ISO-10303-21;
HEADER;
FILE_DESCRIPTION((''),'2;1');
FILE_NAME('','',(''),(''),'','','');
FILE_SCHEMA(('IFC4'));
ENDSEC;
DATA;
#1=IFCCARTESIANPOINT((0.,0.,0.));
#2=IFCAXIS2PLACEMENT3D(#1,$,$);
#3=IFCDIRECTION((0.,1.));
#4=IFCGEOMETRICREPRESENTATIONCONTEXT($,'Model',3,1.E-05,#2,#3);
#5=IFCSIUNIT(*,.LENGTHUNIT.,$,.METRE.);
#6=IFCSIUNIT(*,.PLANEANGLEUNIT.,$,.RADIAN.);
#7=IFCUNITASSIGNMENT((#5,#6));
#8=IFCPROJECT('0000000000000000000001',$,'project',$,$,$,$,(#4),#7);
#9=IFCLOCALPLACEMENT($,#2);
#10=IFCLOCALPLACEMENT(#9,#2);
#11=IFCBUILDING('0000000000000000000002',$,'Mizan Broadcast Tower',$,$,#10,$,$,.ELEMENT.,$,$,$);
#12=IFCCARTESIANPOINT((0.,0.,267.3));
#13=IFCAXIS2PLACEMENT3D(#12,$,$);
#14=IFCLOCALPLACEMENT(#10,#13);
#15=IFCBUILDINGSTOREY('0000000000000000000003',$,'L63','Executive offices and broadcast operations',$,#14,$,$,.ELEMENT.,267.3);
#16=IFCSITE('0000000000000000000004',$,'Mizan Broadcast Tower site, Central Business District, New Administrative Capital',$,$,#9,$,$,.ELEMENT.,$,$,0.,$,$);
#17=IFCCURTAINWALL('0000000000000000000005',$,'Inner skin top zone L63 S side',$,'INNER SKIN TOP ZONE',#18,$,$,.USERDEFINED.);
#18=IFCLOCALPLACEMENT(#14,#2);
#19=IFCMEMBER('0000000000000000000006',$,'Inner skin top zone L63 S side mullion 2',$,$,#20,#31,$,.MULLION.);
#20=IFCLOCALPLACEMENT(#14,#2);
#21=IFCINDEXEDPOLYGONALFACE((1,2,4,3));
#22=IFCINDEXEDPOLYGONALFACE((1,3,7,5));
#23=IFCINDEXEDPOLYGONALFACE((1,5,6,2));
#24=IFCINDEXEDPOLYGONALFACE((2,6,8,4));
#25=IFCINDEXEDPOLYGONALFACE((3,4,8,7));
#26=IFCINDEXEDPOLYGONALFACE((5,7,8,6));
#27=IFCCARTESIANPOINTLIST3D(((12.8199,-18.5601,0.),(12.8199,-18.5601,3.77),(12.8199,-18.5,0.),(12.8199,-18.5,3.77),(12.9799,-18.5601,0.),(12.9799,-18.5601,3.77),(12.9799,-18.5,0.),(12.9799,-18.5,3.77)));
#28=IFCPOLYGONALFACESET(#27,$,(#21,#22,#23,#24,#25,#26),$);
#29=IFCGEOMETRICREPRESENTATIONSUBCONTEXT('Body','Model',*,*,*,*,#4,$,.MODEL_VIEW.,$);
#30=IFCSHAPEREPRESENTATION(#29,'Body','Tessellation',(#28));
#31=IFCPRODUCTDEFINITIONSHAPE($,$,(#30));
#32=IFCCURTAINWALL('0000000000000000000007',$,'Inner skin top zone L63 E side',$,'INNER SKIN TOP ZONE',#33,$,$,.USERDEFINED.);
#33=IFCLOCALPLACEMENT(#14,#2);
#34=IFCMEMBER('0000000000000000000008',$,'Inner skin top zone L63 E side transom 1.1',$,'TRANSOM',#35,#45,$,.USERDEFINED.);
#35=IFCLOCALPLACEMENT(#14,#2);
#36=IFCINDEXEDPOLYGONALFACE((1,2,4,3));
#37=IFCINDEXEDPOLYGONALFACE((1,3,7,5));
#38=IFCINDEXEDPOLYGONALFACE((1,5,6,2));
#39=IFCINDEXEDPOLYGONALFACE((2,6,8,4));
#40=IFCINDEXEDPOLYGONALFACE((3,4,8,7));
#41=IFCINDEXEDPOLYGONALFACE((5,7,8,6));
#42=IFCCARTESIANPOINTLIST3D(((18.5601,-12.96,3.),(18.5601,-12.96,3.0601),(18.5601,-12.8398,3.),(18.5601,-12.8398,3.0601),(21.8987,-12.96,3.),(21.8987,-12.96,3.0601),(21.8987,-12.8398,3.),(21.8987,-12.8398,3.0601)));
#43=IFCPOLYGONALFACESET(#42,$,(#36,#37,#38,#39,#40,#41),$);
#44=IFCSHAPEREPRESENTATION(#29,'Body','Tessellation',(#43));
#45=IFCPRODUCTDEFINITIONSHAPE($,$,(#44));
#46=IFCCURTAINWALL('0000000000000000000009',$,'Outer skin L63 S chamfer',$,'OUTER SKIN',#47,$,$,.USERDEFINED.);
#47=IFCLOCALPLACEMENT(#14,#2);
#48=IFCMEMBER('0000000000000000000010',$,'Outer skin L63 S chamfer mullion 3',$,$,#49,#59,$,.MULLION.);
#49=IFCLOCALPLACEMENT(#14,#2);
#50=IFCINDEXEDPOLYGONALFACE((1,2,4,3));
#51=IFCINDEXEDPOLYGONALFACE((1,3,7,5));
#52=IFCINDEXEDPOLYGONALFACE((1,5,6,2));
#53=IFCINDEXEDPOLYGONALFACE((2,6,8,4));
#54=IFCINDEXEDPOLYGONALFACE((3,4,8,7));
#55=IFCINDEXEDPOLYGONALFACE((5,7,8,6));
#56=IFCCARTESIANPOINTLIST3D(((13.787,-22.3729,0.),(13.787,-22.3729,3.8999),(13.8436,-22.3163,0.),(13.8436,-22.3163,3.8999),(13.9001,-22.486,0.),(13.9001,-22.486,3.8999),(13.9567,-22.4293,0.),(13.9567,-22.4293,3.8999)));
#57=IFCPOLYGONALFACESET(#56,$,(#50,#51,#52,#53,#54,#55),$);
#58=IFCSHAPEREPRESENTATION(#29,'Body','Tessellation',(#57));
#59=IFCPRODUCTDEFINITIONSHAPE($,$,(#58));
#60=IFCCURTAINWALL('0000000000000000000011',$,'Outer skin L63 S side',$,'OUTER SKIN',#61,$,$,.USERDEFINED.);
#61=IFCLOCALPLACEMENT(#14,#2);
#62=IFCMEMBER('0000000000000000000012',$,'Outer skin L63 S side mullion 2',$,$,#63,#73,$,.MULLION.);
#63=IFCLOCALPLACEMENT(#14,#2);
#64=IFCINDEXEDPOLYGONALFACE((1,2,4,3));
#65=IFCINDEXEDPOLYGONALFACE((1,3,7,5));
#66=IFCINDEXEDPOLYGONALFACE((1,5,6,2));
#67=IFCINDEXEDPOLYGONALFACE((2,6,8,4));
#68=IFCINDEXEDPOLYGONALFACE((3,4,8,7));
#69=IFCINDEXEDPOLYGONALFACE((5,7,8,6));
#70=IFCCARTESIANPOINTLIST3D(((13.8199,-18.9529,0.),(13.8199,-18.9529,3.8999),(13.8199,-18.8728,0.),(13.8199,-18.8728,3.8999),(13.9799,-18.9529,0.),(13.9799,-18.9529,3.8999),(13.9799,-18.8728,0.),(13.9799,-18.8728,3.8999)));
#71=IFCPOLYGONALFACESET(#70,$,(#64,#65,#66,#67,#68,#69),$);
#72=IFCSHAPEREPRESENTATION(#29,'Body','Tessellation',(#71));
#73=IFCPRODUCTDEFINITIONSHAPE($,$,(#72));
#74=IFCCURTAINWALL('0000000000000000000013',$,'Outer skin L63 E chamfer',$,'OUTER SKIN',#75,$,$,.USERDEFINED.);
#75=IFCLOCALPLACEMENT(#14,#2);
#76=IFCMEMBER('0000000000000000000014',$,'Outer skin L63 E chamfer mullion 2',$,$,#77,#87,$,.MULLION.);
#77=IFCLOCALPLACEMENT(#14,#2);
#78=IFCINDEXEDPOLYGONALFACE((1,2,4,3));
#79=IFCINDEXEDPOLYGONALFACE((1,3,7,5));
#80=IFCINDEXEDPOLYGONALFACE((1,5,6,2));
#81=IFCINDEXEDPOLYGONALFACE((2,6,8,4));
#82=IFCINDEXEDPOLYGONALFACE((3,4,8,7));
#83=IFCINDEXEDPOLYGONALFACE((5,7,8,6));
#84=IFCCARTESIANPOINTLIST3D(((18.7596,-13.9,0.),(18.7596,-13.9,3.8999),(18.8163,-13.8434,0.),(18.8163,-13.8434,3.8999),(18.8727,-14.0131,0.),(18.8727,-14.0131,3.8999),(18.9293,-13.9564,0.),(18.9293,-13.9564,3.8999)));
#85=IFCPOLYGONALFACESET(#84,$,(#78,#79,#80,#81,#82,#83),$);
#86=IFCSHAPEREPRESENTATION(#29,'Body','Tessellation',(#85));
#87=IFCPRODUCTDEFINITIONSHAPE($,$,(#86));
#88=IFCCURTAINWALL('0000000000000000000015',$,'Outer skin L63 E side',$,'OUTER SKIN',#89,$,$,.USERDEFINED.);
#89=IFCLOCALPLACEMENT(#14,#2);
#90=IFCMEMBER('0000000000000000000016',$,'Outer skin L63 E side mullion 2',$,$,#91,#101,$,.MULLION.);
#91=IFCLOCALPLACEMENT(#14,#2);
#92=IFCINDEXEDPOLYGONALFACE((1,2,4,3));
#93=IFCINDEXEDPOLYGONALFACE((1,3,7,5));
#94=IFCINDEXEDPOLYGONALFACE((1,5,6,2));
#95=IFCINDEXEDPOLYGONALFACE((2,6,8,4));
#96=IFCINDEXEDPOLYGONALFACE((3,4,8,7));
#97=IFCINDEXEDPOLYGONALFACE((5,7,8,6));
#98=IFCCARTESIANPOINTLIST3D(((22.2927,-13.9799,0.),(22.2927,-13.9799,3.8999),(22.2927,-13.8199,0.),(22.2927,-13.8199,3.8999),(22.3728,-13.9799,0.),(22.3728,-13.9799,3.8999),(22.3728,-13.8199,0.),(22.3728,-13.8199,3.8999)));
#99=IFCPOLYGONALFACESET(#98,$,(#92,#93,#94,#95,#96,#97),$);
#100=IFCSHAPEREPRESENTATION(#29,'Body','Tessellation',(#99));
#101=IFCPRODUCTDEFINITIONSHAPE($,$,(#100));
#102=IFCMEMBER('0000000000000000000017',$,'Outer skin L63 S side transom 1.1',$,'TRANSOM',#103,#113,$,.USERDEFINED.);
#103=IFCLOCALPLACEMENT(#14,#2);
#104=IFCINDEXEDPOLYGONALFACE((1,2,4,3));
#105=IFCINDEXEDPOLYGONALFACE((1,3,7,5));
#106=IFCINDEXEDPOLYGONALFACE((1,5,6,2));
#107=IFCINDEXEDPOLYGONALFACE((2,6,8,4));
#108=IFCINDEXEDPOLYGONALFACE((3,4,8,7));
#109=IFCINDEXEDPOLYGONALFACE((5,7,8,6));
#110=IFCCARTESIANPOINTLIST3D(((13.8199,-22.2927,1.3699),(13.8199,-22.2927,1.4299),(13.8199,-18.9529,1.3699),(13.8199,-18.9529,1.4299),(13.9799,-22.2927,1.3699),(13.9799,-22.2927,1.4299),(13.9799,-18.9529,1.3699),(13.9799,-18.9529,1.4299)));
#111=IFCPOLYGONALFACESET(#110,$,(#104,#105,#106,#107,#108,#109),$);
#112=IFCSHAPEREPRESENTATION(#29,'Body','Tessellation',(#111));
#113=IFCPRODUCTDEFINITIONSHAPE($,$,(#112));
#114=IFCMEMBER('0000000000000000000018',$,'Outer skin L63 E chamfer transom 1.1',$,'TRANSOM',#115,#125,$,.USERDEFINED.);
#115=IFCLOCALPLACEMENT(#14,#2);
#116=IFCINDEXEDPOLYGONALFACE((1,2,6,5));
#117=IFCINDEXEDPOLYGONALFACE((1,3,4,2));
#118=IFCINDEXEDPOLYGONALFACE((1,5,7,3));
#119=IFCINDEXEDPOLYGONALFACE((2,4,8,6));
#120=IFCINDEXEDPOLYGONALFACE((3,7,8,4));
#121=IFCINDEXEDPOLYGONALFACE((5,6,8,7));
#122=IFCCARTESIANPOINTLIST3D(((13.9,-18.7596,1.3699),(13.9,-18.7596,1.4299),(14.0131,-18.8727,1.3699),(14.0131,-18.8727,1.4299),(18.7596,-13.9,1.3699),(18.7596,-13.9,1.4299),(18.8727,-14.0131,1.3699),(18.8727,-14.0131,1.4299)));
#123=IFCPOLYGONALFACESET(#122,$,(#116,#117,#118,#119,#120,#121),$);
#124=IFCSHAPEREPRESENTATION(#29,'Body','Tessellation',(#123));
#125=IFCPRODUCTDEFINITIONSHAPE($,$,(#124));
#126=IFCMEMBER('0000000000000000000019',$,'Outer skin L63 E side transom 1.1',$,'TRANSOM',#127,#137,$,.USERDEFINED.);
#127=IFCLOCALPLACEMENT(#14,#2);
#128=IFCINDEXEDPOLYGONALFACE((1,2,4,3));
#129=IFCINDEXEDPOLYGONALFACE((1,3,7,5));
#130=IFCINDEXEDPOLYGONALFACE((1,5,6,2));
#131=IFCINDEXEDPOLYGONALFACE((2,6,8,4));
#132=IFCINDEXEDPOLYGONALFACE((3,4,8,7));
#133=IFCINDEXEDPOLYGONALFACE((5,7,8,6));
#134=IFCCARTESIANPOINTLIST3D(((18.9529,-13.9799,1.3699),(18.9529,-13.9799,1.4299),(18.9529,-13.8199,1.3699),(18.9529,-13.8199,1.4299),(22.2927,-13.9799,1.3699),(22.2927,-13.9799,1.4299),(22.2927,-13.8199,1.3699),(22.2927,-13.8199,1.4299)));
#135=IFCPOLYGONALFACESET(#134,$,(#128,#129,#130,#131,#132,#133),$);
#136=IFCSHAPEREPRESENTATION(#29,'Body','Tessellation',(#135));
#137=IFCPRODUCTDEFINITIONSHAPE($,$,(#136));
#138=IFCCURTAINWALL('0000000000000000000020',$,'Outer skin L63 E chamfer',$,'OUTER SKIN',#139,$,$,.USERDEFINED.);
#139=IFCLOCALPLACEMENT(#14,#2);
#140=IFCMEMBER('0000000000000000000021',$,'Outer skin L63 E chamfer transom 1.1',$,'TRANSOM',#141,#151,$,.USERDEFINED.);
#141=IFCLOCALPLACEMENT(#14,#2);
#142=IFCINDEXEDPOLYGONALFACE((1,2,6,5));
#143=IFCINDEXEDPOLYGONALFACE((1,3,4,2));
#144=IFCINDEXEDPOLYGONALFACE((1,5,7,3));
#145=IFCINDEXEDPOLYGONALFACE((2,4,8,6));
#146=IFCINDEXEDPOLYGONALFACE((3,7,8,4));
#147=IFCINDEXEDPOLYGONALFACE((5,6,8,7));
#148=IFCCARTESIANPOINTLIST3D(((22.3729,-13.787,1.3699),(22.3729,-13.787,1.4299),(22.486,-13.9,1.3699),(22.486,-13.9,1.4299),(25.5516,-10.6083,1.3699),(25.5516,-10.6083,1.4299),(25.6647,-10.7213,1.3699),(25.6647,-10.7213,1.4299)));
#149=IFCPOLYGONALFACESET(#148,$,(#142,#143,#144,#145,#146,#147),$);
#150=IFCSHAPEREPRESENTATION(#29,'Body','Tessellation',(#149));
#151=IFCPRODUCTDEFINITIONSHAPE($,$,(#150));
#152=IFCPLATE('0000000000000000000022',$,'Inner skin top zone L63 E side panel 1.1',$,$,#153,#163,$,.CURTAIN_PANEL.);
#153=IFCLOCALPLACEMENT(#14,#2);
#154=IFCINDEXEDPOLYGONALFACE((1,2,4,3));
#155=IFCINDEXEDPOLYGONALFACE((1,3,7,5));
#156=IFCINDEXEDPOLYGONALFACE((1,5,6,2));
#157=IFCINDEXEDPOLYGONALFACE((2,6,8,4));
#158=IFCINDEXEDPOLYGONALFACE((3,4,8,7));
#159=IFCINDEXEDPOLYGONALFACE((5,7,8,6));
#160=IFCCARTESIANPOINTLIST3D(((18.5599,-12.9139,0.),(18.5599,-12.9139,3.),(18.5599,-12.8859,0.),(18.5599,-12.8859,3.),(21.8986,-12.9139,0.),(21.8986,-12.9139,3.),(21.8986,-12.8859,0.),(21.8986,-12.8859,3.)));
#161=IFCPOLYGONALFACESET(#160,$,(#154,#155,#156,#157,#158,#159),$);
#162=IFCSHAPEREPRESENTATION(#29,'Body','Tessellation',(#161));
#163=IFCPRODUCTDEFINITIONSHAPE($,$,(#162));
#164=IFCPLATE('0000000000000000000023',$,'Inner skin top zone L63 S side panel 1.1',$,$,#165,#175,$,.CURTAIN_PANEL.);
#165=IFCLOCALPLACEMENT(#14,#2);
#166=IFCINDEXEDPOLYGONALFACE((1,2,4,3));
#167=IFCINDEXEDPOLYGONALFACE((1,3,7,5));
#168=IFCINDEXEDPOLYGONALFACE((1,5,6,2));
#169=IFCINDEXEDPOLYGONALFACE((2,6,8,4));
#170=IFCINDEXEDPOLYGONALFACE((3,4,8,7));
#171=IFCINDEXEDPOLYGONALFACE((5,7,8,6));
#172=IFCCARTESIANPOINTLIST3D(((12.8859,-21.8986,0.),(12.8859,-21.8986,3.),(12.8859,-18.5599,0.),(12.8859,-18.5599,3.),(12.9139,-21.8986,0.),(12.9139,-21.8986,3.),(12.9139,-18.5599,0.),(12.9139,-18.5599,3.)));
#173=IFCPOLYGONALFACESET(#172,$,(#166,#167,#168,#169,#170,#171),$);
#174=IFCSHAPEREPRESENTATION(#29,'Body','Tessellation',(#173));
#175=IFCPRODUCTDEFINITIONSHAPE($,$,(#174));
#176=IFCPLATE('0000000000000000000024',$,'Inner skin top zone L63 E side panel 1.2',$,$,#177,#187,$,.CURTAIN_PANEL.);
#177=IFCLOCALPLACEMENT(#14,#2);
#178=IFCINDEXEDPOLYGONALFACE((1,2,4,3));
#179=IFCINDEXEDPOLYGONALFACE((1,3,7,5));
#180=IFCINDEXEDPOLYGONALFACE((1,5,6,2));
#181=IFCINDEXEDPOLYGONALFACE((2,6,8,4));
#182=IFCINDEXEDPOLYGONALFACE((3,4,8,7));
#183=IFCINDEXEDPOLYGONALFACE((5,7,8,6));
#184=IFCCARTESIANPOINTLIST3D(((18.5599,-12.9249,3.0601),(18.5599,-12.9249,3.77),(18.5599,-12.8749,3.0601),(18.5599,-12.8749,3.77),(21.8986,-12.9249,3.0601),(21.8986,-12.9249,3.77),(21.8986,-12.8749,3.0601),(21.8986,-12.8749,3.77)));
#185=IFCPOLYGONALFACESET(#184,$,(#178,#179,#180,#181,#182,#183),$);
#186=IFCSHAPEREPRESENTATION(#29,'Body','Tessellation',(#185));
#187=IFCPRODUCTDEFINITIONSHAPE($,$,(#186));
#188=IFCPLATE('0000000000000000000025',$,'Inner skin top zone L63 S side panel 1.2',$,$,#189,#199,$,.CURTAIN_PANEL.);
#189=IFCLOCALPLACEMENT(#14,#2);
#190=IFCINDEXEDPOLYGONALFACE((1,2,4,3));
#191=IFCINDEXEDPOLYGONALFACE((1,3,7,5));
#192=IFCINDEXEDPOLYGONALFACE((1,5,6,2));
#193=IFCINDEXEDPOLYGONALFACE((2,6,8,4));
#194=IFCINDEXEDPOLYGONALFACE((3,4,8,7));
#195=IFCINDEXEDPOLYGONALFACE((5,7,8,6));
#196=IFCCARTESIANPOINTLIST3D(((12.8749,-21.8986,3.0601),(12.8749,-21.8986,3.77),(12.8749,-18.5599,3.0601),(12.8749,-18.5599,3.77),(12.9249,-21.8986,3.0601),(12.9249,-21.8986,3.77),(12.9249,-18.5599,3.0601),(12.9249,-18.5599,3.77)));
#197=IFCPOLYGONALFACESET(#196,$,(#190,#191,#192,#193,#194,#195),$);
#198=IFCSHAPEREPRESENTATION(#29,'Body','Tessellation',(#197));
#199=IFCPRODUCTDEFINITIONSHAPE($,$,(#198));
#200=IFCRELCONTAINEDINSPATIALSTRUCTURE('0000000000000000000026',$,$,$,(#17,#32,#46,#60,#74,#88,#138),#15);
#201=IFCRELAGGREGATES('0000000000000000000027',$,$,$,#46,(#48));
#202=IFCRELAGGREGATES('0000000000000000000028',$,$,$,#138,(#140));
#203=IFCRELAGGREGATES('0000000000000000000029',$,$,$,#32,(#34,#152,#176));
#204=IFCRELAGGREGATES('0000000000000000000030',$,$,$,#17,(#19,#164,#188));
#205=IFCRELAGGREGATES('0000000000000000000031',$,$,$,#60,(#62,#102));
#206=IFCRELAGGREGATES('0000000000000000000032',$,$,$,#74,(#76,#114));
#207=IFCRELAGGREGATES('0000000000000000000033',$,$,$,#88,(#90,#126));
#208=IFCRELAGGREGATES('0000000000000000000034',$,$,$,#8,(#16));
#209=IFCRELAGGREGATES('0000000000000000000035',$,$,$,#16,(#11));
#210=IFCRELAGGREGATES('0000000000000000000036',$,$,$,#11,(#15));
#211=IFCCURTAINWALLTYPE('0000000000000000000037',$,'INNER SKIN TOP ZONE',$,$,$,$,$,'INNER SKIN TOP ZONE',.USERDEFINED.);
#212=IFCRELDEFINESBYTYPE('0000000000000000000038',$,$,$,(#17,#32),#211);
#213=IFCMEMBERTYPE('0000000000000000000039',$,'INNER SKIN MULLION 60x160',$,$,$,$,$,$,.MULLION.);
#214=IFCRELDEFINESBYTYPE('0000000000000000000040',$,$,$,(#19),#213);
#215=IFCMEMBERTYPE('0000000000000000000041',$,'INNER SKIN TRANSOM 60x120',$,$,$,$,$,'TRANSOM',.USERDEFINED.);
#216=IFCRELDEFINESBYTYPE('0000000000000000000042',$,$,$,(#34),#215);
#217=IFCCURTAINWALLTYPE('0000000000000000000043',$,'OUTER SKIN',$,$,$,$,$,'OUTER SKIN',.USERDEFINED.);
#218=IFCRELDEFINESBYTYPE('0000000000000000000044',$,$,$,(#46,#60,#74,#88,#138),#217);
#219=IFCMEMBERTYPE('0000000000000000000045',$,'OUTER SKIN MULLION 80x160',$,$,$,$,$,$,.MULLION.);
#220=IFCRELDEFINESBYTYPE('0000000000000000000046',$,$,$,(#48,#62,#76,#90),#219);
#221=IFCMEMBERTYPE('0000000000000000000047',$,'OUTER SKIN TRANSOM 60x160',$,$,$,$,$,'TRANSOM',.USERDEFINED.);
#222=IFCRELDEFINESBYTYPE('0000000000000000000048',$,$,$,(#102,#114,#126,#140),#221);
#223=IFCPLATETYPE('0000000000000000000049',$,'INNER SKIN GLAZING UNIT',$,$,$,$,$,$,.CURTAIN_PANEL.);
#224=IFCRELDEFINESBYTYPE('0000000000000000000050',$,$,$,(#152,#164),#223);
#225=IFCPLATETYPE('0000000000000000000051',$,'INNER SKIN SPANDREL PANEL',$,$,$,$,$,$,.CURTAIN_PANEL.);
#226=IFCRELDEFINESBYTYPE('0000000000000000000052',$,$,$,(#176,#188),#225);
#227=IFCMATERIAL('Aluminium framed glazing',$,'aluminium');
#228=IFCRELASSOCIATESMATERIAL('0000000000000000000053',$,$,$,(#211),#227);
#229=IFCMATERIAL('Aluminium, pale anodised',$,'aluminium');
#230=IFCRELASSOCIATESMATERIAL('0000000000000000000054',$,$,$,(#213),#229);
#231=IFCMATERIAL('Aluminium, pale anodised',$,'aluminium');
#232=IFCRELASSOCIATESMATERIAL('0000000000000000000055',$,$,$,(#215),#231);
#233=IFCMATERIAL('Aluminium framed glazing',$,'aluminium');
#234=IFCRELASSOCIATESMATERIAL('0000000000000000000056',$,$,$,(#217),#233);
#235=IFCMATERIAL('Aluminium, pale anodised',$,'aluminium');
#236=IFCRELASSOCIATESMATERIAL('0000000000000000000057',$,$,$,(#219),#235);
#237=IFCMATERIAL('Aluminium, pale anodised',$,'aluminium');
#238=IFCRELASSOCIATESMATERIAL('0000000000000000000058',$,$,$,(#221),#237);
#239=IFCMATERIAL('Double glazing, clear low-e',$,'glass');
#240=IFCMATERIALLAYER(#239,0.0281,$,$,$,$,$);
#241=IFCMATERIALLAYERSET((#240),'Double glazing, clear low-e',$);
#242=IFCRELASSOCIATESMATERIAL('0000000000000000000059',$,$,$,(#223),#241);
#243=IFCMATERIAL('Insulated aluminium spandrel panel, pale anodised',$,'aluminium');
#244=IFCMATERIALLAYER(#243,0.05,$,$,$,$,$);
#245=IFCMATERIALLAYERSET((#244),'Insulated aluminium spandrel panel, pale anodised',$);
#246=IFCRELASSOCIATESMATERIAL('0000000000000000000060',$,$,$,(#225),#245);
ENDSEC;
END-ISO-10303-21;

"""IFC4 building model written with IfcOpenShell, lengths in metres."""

from ifc_helpers import new_model, si_unit, direction, frame, origin, origin_2d, place, context, subcontext, project, spatial, rectangle, extrude, material, layer, layer_set, material_profile, profile_set, type_object, element, aggregate, save


model = new_model("IFC4")

# Units and contexts
model_context = context("Model", 3, precision=1e-05, world=origin(), true_north=direction((0.0, 1.0)))
body_context = subcontext(model_context, "Body", "Model", "MODEL_VIEW")
ifc_project = project(units=[si_unit("LENGTHUNIT", "METRE"), si_unit("PLANEANGLEUNIT", "RADIAN")], contexts=[model_context])

# Site, building, storey
site_placement = place(None, origin())
site = spatial("IfcSite", under=ifc_project, at=site_placement, Name="Mizan Broadcast Tower site, Central Business District, New Administrative Capital", CompositionType="ELEMENT", RefElevation=0.0)
building_placement = place(site_placement, origin())
building = spatial("IfcBuilding", under=site, at=building_placement, Name="Mizan Broadcast Tower", CompositionType="ELEMENT")
storey_placement = place(building_placement, frame((0.0, 0.0, 267.3)))
storey = spatial("IfcBuildingStorey", under=building, at=storey_placement, Name="L63", Description="Executive offices and broadcast operations", CompositionType="ELEMENT", Elevation=267.3)

# Curtain walls, members
ifc_material_1 = material(Name="Aluminium framed glazing", Category="aluminium")
curtain_wall_type_1 = type_object("IfcCurtainWallType", Name="INNER SKIN TOP ZONE", ElementType="INNER SKIN TOP ZONE", PredefinedType="USERDEFINED", material=ifc_material_1)
curtain_wall_1_placement = place(storey_placement, origin())
curtain_wall_1 = element("IfcCurtainWall", 1, at=curtain_wall_1_placement, inside=storey, type_object=curtain_wall_type_1, Name="Inner skin top zone L63 S side", ObjectType="INNER SKIN TOP ZONE", PredefinedType="USERDEFINED")
ifc_material_2 = material(Name="Aluminium, pale anodised", Category="aluminium")
ifc_material_profile_1 = material_profile(ifc_material_2, rectangle(XDim=0.1599, YDim=0.0601, at=origin_2d()), Name="MULLION 160x60")
ifc_profile_set_1 = profile_set([ifc_material_profile_1], Name="Aluminium, pale anodised")
member_type_1 = type_object("IfcMemberType", Name="INNER SKIN MULLION 60x160", PredefinedType="MULLION", material=ifc_profile_set_1)
member_1_placement = place(storey_placement, frame((12.8999, -18.53, 0.0), z_axis=(0.0, 0.0, 1.0), x_axis=(-1.0, 0.0, 0.0)))
member_1 = element("IfcMember", 2, at=member_1_placement, type_object=member_type_1, Name="Inner skin top zone L63 S side mullion 2", PredefinedType="MULLION", context=body_context, shape_type="SweptSolid", body=[
    extrude(rectangle(XDim=0.1599, YDim=0.0601, at=origin_2d()), origin(), (0.0, 0.0, 1.0), 3.77),
])
curtain_wall_2_placement = place(storey_placement, origin())
curtain_wall_2 = element("IfcCurtainWall", 3, at=curtain_wall_2_placement, inside=storey, type_object=curtain_wall_type_1, Name="Inner skin top zone L63 E side", ObjectType="INNER SKIN TOP ZONE", PredefinedType="USERDEFINED")
ifc_material_3 = material(Name="Aluminium, pale anodised", Category="aluminium")
ifc_material_profile_2 = material_profile(ifc_material_3, rectangle(XDim=0.1201, YDim=0.0601, at=origin_2d()), Name="TRANSOM 120x60")
ifc_profile_set_2 = profile_set([ifc_material_profile_2], Name="Aluminium, pale anodised")
member_type_2 = type_object("IfcMemberType", Name="INNER SKIN TRANSOM 60x120", ElementType="TRANSOM", PredefinedType="USERDEFINED", material=ifc_profile_set_2)
member_2_placement = place(storey_placement, frame((18.5601, -12.8999, 3.03), z_axis=(1.0, 0.0, 0.0), x_axis=(0.0, 1.0, 0.0)))
member_2 = element("IfcMember", 4, at=member_2_placement, type_object=member_type_2, Name="Inner skin top zone L63 E side transom 1.1", ObjectType="TRANSOM", PredefinedType="USERDEFINED", context=body_context, shape_type="SweptSolid", body=[
    extrude(rectangle(XDim=0.1201, YDim=0.0601, at=origin_2d()), origin(), (0.0, 0.0, 1.0), 3.3386),
])
ifc_material_4 = material(Name="Aluminium framed glazing", Category="aluminium")
curtain_wall_type_2 = type_object("IfcCurtainWallType", Name="OUTER SKIN", ElementType="OUTER SKIN", PredefinedType="USERDEFINED", material=ifc_material_4)
curtain_wall_3_placement = place(storey_placement, origin())
curtain_wall_3 = element("IfcCurtainWall", 5, at=curtain_wall_3_placement, inside=storey, type_object=curtain_wall_type_2, Name="Outer skin L63 S chamfer", ObjectType="OUTER SKIN", PredefinedType="USERDEFINED")
ifc_material_5 = material(Name="Aluminium, pale anodised", Category="aluminium")
ifc_material_profile_3 = material_profile(ifc_material_5, rectangle(XDim=0.1599, YDim=0.0801, at=origin_2d()), Name="MULLION 160x80")
ifc_profile_set_3 = profile_set([ifc_material_profile_3], Name="Aluminium, pale anodised")
member_type_3 = type_object("IfcMemberType", Name="OUTER SKIN MULLION 80x160", PredefinedType="MULLION", material=ifc_profile_set_3)
member_3_placement = place(storey_placement, frame((13.8718, -22.4011, 0.0), z_axis=(0.0, 0.0, 1.0), x_axis=(-0.707107, 0.707107, 0.0)))
member_3 = element("IfcMember", 6, at=member_3_placement, type_object=member_type_3, Name="Outer skin L63 S chamfer mullion 3", PredefinedType="MULLION", context=body_context, shape_type="SweptSolid", body=[
    extrude(rectangle(XDim=0.1599, YDim=0.0801, at=origin_2d()), origin(), (0.0, 0.0, 1.0), 3.8999),
])
aggregate(curtain_wall_3, [member_3])
curtain_wall_4_placement = place(storey_placement, origin())
curtain_wall_4 = element("IfcCurtainWall", 7, at=curtain_wall_4_placement, inside=storey, type_object=curtain_wall_type_2, Name="Outer skin L63 S side", ObjectType="OUTER SKIN", PredefinedType="USERDEFINED")
member_4_placement = place(storey_placement, frame((13.8999, -18.9128, 0.0), z_axis=(0.0, 0.0, 1.0), x_axis=(-1.0, 0.0, 0.0)))
member_4 = element("IfcMember", 8, at=member_4_placement, type_object=member_type_3, Name="Outer skin L63 S side mullion 2", PredefinedType="MULLION", context=body_context, shape_type="SweptSolid", body=[
    extrude(rectangle(XDim=0.1599, YDim=0.0801, at=origin_2d()), origin(), (0.0, 0.0, 1.0), 3.8999),
])
curtain_wall_5_placement = place(storey_placement, origin())
curtain_wall_5 = element("IfcCurtainWall", 9, at=curtain_wall_5_placement, inside=storey, type_object=curtain_wall_type_2, Name="Outer skin L63 E chamfer", ObjectType="OUTER SKIN", PredefinedType="USERDEFINED")
member_5_placement = place(storey_placement, frame((18.8445, -13.9282, 0.0), z_axis=(0.0, 0.0, 1.0), x_axis=(-0.707107, 0.707107, 0.0)))
member_5 = element("IfcMember", 10, at=member_5_placement, type_object=member_type_3, Name="Outer skin L63 E chamfer mullion 2", PredefinedType="MULLION", context=body_context, shape_type="SweptSolid", body=[
    extrude(rectangle(XDim=0.1599, YDim=0.0801, at=origin_2d()), origin(), (0.0, 0.0, 1.0), 3.8999),
])
curtain_wall_6_placement = place(storey_placement, origin())
curtain_wall_6 = element("IfcCurtainWall", 11, at=curtain_wall_6_placement, inside=storey, type_object=curtain_wall_type_2, Name="Outer skin L63 E side", ObjectType="OUTER SKIN", PredefinedType="USERDEFINED")
member_6_placement = place(storey_placement, frame((22.3328, -13.8999, 0.0), z_axis=(0.0, 0.0, 1.0), x_axis=(0.0, 1.0, 0.0)))
member_6 = element("IfcMember", 12, at=member_6_placement, type_object=member_type_3, Name="Outer skin L63 E side mullion 2", PredefinedType="MULLION", context=body_context, shape_type="SweptSolid", body=[
    extrude(rectangle(XDim=0.1599, YDim=0.0801, at=origin_2d()), origin(), (0.0, 0.0, 1.0), 3.8999),
])

# Members
ifc_material_6 = material(Name="Aluminium, pale anodised", Category="aluminium")
ifc_material_profile_4 = material_profile(ifc_material_6, rectangle(XDim=0.1599, YDim=0.0601, at=origin_2d()), Name="TRANSOM 160x60")
ifc_profile_set_4 = profile_set([ifc_material_profile_4], Name="Aluminium, pale anodised")
member_type_4 = type_object("IfcMemberType", Name="OUTER SKIN TRANSOM 60x160", ElementType="TRANSOM", PredefinedType="USERDEFINED", material=ifc_profile_set_4)
member_7_placement = place(storey_placement, frame((13.8999, -22.2927, 1.3999), z_axis=(0.0, 1.0, 0.0), x_axis=(-1.0, 0.0, 0.0)))
member_7 = element("IfcMember", 13, at=member_7_placement, type_object=member_type_4, Name="Outer skin L63 S side transom 1.1", ObjectType="TRANSOM", PredefinedType="USERDEFINED", context=body_context, shape_type="SweptSolid", body=[
    extrude(rectangle(XDim=0.1599, YDim=0.0601, at=origin_2d()), origin(), (0.0, 0.0, 1.0), 3.3398),
])
member_8_placement = place(storey_placement, frame((13.9565, -18.8162, 1.3999), z_axis=(0.707107, 0.707107, 0.0), x_axis=(-0.707107, 0.707107, 0.0)))
member_8 = element("IfcMember", 14, at=member_8_placement, type_object=member_type_4, Name="Outer skin L63 E chamfer transom 1.1", ObjectType="TRANSOM", PredefinedType="USERDEFINED", context=body_context, shape_type="SweptSolid", body=[
    extrude(rectangle(XDim=0.1599, YDim=0.0601, at=origin_2d()), origin(), (0.0, 0.0, 1.0), 6.8726),
])
member_9_placement = place(storey_placement, frame((18.9529, -13.8999, 1.3999), z_axis=(1.0, 0.0, 0.0), x_axis=(0.0, 1.0, 0.0)))
member_9 = element("IfcMember", 15, at=member_9_placement, type_object=member_type_4, Name="Outer skin L63 E side transom 1.1", ObjectType="TRANSOM", PredefinedType="USERDEFINED", context=body_context, shape_type="SweptSolid", body=[
    extrude(rectangle(XDim=0.1599, YDim=0.0601, at=origin_2d()), origin(), (0.0, 0.0, 1.0), 3.3398),
])

# Curtain wall, member
curtain_wall_7_placement = place(storey_placement, origin())
curtain_wall_7 = element("IfcCurtainWall", 16, at=curtain_wall_7_placement, inside=storey, type_object=curtain_wall_type_2, Name="Outer skin L63 E chamfer", ObjectType="OUTER SKIN", PredefinedType="USERDEFINED")
member_10_placement = place(storey_placement, frame((22.4294, -13.8435, 1.3999), z_axis=(0.707107, 0.707107, 0.0), x_axis=(-0.707107, 0.707107, 0.0)))
member_10 = element("IfcMember", 17, at=member_10_placement, type_object=member_type_4, Name="Outer skin L63 E chamfer transom 1.1", ObjectType="TRANSOM", PredefinedType="USERDEFINED", context=body_context, shape_type="SweptSolid", body=[
    extrude(rectangle(XDim=0.1599, YDim=0.0601, at=origin_2d()), origin(), (0.0, 0.0, 1.0), 4.4954),
])
aggregate(curtain_wall_7, [member_10])

# Plates
ifc_material_7 = material(Name="Double glazing, clear low-e", Category="glass")
ifc_layer_1 = layer(ifc_material_7, 0.0281)
ifc_layer_set_1 = layer_set([ifc_layer_1], Name="Double glazing, clear low-e")
plate_type_1 = type_object("IfcPlateType", Name="INNER SKIN GLAZING UNIT", PredefinedType="CURTAIN_PANEL", material=ifc_layer_set_1)
plate_1_placement = place(storey_placement, frame((20.2292, -12.8999, 0.0), z_axis=(0.0, 0.0, 1.0), x_axis=(1.0, 0.0, 0.0)))
plate_1 = element("IfcPlate", 18, at=plate_1_placement, type_object=plate_type_1, Name="Inner skin top zone L63 E side panel 1.1", PredefinedType="CURTAIN_PANEL", context=body_context, shape_type="SweptSolid", body=[
    extrude(rectangle(XDim=3.3386, YDim=0.0281, at=origin_2d()), origin(), (0.0, 0.0, 1.0), 3.0),
])
plate_2_placement = place(storey_placement, frame((12.8999, -20.2292, 0.0), z_axis=(0.0, 0.0, 1.0), x_axis=(0.0, 1.0, 0.0)))
plate_2 = element("IfcPlate", 19, at=plate_2_placement, type_object=plate_type_1, Name="Inner skin top zone L63 S side panel 1.1", PredefinedType="CURTAIN_PANEL", context=body_context, shape_type="SweptSolid", body=[
    extrude(rectangle(XDim=3.3386, YDim=0.0281, at=origin_2d()), origin(), (0.0, 0.0, 1.0), 3.0),
])
ifc_material_8 = material(Name="Insulated aluminium spandrel panel, pale anodised", Category="aluminium")
ifc_layer_2 = layer(ifc_material_8, 0.05)
ifc_layer_set_2 = layer_set([ifc_layer_2], Name="Insulated aluminium spandrel panel, pale anodised")
plate_type_2 = type_object("IfcPlateType", Name="INNER SKIN SPANDREL PANEL", PredefinedType="CURTAIN_PANEL", material=ifc_layer_set_2)
plate_3_placement = place(storey_placement, frame((20.2292, -12.8999, 3.0601), z_axis=(0.0, 0.0, 1.0), x_axis=(1.0, 0.0, 0.0)))
plate_3 = element("IfcPlate", 20, at=plate_3_placement, type_object=plate_type_2, Name="Inner skin top zone L63 E side panel 1.2", PredefinedType="CURTAIN_PANEL", context=body_context, shape_type="SweptSolid", body=[
    extrude(rectangle(XDim=3.3386, YDim=0.05, at=origin_2d()), origin(), (0.0, 0.0, 1.0), 0.71),
])
aggregate(curtain_wall_2, [member_2, plate_1, plate_3])
plate_4_placement = place(storey_placement, frame((12.8999, -20.2292, 3.0601), z_axis=(0.0, 0.0, 1.0), x_axis=(0.0, 1.0, 0.0)))
plate_4 = element("IfcPlate", 21, at=plate_4_placement, type_object=plate_type_2, Name="Inner skin top zone L63 S side panel 1.2", PredefinedType="CURTAIN_PANEL", context=body_context, shape_type="SweptSolid", body=[
    extrude(rectangle(XDim=3.3386, YDim=0.05, at=origin_2d()), origin(), (0.0, 0.0, 1.0), 0.71),
])
aggregate(curtain_wall_1, [member_1, plate_2, plate_4])
aggregate(curtain_wall_4, [member_4, member_7])
aggregate(curtain_wall_5, [member_5, member_8])
aggregate(curtain_wall_6, [member_6, member_9])

save(model, "model.ifc")
